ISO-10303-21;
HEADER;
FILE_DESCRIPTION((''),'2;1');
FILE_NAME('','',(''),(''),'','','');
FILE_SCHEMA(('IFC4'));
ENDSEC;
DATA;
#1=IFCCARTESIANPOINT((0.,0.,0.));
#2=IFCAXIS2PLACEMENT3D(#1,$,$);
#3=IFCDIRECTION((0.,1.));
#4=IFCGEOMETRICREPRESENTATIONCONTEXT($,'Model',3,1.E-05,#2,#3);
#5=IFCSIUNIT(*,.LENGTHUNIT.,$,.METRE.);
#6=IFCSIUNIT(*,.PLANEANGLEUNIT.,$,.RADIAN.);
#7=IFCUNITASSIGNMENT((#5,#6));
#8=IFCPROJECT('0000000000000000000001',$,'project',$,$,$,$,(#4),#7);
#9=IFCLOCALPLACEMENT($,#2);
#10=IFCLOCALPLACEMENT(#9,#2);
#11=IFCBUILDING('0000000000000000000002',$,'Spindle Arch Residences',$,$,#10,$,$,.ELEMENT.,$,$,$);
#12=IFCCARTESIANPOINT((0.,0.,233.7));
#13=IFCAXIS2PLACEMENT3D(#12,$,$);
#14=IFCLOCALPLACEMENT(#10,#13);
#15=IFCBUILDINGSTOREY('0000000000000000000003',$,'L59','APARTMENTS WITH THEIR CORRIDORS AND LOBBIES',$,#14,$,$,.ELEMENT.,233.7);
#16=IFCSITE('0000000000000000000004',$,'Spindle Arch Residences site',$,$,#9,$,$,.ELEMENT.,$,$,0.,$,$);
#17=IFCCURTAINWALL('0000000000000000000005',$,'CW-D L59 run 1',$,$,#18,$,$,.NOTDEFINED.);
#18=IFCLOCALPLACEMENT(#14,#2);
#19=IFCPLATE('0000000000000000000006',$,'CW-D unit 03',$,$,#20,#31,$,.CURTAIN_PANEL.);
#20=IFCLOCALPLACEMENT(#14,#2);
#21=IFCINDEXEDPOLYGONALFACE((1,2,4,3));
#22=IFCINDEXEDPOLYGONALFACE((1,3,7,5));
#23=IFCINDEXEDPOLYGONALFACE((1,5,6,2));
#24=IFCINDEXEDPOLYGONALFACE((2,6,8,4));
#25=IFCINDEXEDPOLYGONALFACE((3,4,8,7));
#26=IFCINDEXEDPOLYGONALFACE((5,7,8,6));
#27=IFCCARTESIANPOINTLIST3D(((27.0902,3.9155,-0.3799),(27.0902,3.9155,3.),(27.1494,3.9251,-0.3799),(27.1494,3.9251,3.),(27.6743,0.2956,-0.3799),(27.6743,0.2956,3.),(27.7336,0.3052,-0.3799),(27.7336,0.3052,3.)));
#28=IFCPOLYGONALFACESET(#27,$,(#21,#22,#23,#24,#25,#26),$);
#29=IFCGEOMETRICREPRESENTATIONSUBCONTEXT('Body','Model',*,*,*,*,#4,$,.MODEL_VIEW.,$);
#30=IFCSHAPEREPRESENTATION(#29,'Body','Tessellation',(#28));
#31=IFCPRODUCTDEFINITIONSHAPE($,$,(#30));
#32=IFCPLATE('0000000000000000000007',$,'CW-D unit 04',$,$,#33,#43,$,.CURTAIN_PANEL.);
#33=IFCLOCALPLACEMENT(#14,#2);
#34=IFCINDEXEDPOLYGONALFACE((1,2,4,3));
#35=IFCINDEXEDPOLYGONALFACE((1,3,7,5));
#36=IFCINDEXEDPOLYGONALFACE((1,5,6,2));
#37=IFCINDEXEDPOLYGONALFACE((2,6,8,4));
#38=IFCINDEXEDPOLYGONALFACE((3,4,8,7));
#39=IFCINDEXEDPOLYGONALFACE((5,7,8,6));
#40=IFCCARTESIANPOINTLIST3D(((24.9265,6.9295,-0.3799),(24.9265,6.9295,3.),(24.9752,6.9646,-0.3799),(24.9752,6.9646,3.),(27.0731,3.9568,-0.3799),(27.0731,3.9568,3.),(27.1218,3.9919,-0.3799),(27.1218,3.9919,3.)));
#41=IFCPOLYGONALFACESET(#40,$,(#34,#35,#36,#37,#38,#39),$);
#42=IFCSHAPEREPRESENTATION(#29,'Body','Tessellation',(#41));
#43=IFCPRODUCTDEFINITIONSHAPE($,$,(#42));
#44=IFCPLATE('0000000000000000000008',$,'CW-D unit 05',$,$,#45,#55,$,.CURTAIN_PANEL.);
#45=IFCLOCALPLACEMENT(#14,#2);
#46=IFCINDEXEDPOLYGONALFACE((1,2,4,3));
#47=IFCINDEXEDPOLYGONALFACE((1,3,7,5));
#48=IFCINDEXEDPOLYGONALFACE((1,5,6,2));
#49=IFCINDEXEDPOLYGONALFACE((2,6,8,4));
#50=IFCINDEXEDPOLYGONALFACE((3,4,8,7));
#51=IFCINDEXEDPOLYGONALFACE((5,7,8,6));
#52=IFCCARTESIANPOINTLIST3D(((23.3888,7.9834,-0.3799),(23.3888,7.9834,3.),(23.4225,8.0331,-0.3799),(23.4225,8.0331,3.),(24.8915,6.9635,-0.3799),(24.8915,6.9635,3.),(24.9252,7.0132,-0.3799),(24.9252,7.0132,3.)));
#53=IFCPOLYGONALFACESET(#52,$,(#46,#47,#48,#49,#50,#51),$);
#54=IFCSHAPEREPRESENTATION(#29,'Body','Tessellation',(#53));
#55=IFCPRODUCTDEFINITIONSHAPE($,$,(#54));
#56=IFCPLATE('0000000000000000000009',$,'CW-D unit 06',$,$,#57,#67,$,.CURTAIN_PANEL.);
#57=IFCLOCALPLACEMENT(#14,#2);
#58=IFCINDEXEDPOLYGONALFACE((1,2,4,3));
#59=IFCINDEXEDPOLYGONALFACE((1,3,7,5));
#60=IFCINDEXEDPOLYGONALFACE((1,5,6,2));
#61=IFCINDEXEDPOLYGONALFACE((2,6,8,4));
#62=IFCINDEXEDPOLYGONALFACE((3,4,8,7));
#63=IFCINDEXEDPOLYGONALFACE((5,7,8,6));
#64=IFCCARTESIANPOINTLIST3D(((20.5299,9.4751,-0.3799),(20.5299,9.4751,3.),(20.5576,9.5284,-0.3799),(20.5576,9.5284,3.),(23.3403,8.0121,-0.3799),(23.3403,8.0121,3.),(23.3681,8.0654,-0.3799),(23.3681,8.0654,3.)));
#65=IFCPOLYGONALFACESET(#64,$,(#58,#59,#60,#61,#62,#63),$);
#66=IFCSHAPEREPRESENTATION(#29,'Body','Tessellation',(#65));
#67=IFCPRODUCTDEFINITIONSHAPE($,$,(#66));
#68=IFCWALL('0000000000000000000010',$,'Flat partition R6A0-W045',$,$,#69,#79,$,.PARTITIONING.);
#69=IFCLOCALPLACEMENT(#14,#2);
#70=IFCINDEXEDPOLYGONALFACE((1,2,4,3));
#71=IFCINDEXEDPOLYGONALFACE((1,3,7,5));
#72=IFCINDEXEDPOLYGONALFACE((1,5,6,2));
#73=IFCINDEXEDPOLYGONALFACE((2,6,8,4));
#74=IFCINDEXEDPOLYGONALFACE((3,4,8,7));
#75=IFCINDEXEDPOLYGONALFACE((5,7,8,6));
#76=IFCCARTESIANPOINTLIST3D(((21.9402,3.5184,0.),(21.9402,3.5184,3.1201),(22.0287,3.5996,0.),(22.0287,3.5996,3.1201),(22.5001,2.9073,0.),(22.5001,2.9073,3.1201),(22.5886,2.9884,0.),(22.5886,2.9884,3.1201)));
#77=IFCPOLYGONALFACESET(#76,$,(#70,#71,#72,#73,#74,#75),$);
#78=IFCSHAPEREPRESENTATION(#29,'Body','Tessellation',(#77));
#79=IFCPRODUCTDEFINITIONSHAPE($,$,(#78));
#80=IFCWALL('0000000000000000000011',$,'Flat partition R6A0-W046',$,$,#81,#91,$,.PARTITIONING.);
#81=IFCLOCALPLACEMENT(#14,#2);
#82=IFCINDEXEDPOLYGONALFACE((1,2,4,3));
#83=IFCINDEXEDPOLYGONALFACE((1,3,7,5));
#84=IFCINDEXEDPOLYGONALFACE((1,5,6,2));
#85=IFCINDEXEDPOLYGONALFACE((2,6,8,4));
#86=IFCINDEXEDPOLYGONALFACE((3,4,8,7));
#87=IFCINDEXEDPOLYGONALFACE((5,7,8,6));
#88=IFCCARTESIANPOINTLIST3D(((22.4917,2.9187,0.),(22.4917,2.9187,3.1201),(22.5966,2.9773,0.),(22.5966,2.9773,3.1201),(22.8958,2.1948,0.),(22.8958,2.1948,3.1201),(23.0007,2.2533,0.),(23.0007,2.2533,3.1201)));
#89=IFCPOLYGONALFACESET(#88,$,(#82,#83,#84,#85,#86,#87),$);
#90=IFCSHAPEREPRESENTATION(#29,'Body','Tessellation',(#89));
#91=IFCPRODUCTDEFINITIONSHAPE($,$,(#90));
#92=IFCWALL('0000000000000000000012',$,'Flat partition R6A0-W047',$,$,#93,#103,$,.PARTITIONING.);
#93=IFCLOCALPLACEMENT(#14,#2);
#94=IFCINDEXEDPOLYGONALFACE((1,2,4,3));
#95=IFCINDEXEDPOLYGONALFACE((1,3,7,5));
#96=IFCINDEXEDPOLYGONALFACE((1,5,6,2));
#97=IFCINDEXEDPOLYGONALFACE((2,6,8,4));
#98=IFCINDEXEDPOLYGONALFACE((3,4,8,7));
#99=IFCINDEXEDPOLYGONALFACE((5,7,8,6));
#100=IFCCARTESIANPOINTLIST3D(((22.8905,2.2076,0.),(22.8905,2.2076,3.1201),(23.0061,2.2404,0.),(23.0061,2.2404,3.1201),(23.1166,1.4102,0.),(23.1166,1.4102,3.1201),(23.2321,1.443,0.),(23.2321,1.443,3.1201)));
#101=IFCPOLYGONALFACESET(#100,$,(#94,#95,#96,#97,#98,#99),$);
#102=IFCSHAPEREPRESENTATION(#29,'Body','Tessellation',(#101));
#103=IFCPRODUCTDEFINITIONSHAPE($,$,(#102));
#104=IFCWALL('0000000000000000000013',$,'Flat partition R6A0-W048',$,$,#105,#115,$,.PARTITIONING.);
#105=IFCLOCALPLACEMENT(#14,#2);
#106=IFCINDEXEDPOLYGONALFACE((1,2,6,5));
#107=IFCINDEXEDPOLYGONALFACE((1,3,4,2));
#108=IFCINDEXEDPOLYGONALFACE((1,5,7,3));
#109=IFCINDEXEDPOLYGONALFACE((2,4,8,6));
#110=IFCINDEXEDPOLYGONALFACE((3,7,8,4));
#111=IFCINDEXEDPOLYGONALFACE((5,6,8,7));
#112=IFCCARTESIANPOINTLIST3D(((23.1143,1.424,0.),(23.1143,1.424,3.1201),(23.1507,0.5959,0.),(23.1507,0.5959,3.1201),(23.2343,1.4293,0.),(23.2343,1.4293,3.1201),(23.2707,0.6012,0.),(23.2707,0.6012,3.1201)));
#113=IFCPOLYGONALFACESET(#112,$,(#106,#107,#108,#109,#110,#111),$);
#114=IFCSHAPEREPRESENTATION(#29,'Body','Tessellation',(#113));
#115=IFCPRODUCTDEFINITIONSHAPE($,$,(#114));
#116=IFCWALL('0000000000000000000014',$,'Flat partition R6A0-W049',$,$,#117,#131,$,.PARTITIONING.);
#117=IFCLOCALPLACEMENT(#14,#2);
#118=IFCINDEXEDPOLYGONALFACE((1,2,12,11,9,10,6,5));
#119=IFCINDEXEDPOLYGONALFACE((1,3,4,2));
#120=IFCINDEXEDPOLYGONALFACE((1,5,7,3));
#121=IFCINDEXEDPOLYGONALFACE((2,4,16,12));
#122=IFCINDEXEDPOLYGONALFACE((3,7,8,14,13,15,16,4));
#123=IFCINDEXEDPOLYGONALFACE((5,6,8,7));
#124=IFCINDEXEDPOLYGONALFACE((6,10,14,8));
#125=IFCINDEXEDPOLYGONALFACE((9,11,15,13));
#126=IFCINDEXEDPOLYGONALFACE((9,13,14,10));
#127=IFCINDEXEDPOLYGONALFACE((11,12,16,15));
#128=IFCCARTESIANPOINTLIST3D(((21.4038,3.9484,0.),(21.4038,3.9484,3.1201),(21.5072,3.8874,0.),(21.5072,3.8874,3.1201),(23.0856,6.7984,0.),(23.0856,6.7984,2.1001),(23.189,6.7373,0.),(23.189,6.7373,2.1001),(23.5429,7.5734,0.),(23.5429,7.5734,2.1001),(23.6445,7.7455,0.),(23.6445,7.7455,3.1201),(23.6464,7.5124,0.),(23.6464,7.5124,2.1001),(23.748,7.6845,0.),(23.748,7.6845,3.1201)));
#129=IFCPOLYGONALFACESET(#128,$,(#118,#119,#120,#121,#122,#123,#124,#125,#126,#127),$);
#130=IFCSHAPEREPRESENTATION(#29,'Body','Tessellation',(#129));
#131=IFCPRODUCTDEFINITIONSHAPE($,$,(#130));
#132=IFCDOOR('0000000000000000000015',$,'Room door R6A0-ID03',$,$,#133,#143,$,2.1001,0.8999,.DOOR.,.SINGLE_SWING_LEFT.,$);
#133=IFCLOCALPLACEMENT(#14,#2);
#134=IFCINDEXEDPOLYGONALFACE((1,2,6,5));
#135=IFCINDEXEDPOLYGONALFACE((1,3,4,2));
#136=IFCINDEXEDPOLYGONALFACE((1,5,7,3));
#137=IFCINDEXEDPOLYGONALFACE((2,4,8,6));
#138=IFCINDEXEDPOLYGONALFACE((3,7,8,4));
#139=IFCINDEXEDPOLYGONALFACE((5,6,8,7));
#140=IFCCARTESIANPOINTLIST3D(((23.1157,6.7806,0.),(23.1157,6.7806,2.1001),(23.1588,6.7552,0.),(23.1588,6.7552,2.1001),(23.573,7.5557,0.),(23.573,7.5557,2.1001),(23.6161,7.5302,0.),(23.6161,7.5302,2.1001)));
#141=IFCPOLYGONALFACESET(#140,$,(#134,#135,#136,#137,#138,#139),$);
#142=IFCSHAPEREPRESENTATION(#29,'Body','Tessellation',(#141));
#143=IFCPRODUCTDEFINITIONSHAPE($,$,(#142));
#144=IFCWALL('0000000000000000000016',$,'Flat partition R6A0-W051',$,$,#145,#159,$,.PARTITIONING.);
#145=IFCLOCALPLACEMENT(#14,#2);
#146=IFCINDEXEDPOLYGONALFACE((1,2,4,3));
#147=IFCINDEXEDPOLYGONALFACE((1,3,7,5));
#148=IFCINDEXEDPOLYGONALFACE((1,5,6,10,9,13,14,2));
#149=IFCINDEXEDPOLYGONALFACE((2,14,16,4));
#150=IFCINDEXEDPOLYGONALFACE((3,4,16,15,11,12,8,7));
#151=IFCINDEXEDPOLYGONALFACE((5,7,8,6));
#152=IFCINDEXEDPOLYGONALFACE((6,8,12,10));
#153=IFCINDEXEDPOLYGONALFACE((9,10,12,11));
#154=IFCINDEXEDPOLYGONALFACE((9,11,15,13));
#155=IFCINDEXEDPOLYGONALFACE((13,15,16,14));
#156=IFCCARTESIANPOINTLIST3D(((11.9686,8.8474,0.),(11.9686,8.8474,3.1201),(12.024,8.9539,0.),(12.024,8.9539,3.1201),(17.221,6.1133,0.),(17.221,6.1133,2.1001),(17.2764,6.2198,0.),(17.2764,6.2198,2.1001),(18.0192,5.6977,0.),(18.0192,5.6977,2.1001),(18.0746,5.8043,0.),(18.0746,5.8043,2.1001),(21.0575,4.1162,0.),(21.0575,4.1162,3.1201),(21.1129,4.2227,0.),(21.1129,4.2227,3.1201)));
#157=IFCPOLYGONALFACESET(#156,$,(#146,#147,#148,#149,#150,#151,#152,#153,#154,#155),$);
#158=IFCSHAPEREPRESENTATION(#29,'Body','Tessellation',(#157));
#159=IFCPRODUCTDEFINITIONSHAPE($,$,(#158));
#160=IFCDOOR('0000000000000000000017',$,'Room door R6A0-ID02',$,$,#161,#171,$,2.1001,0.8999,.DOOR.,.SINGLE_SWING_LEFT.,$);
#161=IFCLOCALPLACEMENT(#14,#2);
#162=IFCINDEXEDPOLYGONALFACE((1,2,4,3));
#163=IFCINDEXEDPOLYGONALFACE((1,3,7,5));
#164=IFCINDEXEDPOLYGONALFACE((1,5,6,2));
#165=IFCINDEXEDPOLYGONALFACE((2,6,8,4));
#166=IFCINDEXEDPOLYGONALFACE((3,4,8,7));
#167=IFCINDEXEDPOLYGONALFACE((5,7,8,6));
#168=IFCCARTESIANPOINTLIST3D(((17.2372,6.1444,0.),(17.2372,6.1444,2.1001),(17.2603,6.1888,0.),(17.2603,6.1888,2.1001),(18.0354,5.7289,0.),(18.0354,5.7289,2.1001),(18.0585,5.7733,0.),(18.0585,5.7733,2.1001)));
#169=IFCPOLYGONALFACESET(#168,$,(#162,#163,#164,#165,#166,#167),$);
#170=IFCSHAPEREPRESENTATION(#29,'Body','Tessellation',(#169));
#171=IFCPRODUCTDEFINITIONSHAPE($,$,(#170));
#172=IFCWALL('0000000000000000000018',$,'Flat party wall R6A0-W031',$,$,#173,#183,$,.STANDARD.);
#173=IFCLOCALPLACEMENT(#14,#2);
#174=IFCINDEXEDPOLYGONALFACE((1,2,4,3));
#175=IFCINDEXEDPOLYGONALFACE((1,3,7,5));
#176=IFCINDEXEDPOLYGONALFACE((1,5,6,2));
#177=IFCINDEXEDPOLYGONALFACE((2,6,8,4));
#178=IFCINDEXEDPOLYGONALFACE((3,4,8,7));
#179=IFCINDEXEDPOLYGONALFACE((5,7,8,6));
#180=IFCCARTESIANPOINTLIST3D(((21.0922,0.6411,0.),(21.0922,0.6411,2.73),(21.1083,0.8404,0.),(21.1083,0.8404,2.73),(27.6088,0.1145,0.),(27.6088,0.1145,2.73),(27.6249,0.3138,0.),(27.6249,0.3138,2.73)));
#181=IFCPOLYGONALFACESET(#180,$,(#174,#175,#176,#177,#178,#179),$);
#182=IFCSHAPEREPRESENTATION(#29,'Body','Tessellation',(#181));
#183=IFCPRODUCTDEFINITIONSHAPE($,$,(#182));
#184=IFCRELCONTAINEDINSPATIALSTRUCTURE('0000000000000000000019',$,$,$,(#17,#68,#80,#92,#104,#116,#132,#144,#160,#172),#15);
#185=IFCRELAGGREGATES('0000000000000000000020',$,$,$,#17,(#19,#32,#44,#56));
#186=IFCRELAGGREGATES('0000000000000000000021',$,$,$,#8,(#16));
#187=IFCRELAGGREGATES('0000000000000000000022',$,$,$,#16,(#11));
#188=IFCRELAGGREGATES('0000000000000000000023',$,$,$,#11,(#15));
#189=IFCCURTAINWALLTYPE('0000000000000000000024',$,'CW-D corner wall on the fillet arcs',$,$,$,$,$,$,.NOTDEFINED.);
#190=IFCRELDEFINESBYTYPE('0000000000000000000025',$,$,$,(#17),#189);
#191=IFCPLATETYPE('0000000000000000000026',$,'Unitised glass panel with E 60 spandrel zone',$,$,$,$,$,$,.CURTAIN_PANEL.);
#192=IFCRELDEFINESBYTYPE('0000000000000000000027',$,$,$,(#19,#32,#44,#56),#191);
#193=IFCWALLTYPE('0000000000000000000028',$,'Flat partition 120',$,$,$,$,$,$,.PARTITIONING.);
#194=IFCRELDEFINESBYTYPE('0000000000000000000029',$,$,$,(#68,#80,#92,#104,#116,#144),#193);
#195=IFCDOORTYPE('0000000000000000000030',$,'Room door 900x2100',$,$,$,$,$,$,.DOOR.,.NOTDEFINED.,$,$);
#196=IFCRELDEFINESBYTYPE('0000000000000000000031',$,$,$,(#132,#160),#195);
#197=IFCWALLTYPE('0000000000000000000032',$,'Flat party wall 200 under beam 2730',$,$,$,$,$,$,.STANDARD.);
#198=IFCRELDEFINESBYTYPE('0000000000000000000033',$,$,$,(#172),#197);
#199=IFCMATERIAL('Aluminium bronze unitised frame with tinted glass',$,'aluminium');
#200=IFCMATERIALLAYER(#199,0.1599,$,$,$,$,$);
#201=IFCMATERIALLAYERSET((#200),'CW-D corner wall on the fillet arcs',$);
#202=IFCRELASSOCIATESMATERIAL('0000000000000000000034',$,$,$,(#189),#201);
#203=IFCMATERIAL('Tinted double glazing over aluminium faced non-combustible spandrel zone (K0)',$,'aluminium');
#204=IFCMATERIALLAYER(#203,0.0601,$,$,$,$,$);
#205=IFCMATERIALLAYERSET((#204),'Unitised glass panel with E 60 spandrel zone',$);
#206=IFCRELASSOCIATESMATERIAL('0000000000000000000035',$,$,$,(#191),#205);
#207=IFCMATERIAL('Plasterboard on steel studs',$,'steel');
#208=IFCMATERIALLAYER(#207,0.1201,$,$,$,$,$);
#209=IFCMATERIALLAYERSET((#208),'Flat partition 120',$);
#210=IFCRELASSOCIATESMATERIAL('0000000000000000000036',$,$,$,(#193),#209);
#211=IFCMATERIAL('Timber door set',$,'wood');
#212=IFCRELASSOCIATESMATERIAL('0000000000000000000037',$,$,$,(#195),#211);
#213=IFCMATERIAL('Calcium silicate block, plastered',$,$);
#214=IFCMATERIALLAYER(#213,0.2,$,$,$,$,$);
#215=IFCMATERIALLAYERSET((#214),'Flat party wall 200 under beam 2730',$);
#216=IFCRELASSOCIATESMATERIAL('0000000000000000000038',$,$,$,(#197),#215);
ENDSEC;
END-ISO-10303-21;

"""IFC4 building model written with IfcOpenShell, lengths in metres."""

from ifc_helpers import new_model, si_unit, direction, frame, frame_2d, origin, origin_2d, place, context, subcontext, project, spatial, rectangle, extrude, material, layer, layer_set, type_object, element, fill, aggregate, save


model = new_model("IFC4")

# Units and contexts
model_context = context("Model", 3, precision=1e-05, world=origin(), true_north=direction((0.0, 1.0)))
body_context = subcontext(model_context, "Body", "Model", "MODEL_VIEW")
ifc_project = project(units=[si_unit("LENGTHUNIT", "METRE"), si_unit("PLANEANGLEUNIT", "RADIAN")], contexts=[model_context])

# Site, building, storey
site_placement = place(None, origin())
site = spatial("IfcSite", under=ifc_project, at=site_placement, Name="Spindle Arch Residences site", CompositionType="ELEMENT", RefElevation=0.0)
building_placement = place(site_placement, origin())
building = spatial("IfcBuilding", under=site, at=building_placement, Name="Spindle Arch Residences", CompositionType="ELEMENT")
storey_placement = place(building_placement, frame((0.0, 0.0, 233.7)))
storey = spatial("IfcBuildingStorey", under=building, at=storey_placement, Name="L59", Description="APARTMENTS WITH THEIR CORRIDORS AND LOBBIES", CompositionType="ELEMENT", Elevation=233.7)

# Curtain wall
ifc_material_1 = material(Name="Aluminium bronze unitised frame with tinted glass", Category="aluminium")
ifc_layer_1 = layer(ifc_material_1, 0.1599)
ifc_layer_set_1 = layer_set([ifc_layer_1], Name="CW-D corner wall on the fillet arcs")
curtain_wall_type = type_object("IfcCurtainWallType", Name="CW-D corner wall on the fillet arcs", PredefinedType="NOTDEFINED", material=ifc_layer_set_1)
curtain_wall_placement = place(storey_placement, origin())
curtain_wall = element("IfcCurtainWall", 1, at=curtain_wall_placement, inside=storey, type_object=curtain_wall_type, Name="CW-D L59 run 1", PredefinedType="NOTDEFINED")

# Plates
ifc_material_2 = material(Name="Tinted double glazing over aluminium faced non-combustible spandrel zone (K0)", Category="aluminium")
ifc_layer_2 = layer(ifc_material_2, 0.0601)
ifc_layer_set_2 = layer_set([ifc_layer_2], Name="Unitised glass panel with E 60 spandrel zone")
plate_type = type_object("IfcPlateType", Name="Unitised glass panel with E 60 spandrel zone", PredefinedType="CURTAIN_PANEL", material=ifc_layer_set_2)
plate_1_placement = place(storey_placement, frame((27.4119, 2.1104, -0.3799), z_axis=(0.0, 0.0, 1.0), x_axis=(-0.159307, 0.987229, 0.0)))
plate_1 = element("IfcPlate", 2, at=plate_1_placement, type_object=plate_type, Name="CW-D unit 03", PredefinedType="CURTAIN_PANEL", context=body_context, shape_type="SweptSolid", body=[
    extrude(rectangle(XDim=3.6667, YDim=0.0601, at=origin_2d()), origin(), (0.0, 0.0, 1.0), 3.3799),
])
plate_2_placement = place(storey_placement, frame((26.0242, 5.4607, -0.3799), z_axis=(0.0, 0.0, 1.0), x_axis=(-0.585429, 0.810723, 0.0)))
plate_2 = element("IfcPlate", 3, at=plate_2_placement, type_object=plate_type, Name="CW-D unit 04", PredefinedType="CURTAIN_PANEL", context=body_context, shape_type="SweptSolid", body=[
    extrude(rectangle(XDim=3.6667, YDim=0.0601, at=origin_2d()), origin(), (0.0, 0.0, 1.0), 3.3799),
])
plate_3_placement = place(storey_placement, frame((24.157, 7.4983, -0.3799), z_axis=(0.0, 0.0, 1.0), x_axis=(-0.827407, 0.561602, 0.0)))
plate_3 = element("IfcPlate", 4, at=plate_3_placement, type_object=plate_type, Name="CW-D unit 05", PredefinedType="CURTAIN_PANEL", context=body_context, shape_type="SweptSolid", body=[
    extrude(rectangle(XDim=1.8162, YDim=0.0601, at=origin_2d()), origin(), (0.0, 0.0, 1.0), 3.3799),
])
plate_4_placement = place(storey_placement, frame((21.949, 8.7703, -0.3799), z_axis=(0.0, 0.0, 1.0), x_axis=(-0.887011, 0.461749, 0.0)))
plate_4 = element("IfcPlate", 5, at=plate_4_placement, type_object=plate_type, Name="CW-D unit 06", PredefinedType="CURTAIN_PANEL", context=body_context, shape_type="SweptSolid", body=[
    extrude(rectangle(XDim=3.1685, YDim=0.0601, at=origin_2d()), origin(), (0.0, 0.0, 1.0), 3.3799),
])
aggregate(curtain_wall, [plate_1, plate_2, plate_3, plate_4])

# Walls
ifc_material_3 = material(Name="Plasterboard on steel studs", Category="steel")
ifc_layer_3 = layer(ifc_material_3, 0.1201)
ifc_layer_set_3 = layer_set([ifc_layer_3], Name="Flat partition 120")
wall_type_1 = type_object("IfcWallType", Name="Flat partition 120", PredefinedType="PARTITIONING", material=ifc_layer_set_3)
wall_1_placement = place(storey_placement, frame((21.9844, 3.5591, 0.0), z_axis=(0.0, 0.0, 1.0), x_axis=(0.675498, -0.737362, 0.0)))
element("IfcWall", 6, at=wall_1_placement, inside=storey, type_object=wall_type_1, Name="Flat partition R6A0-W045", PredefinedType="PARTITIONING", context=body_context, shape_type="SweptSolid", body=[
    extrude(rectangle(XDim=0.8289, YDim=0.1201, at=frame_2d((0.4146, 0.0))), origin(), (0.0, 0.0, 1.0), 3.1201),
])
wall_2_placement = place(storey_placement, frame((22.5442, 2.948, 0.0), z_axis=(0.0, 0.0, 1.0), x_axis=(0.487392, -0.873183, 0.0)))
element("IfcWall", 7, at=wall_2_placement, inside=storey, type_object=wall_type_1, Name="Flat partition R6A0-W046", PredefinedType="PARTITIONING", context=body_context, shape_type="SweptSolid", body=[
    extrude(rectangle(XDim=0.8291, YDim=0.1201, at=frame_2d((0.4146, 0.0))), origin(), (0.0, 0.0, 1.0), 3.1201),
])
for number, where, z_axis, x_axis, name in (
    (8, (22.9482, 2.2241, 0.0), (0.0, 0.0, 1.0), (0.272775, -0.962078, 0.0), "Flat partition R6A0-W047"),
    (9, (23.1743, 1.4268, 0.0), (0.0, 0.0, 1.0), (0.043885, -0.999037, 0.0), "Flat partition R6A0-W048"),
):
    element("IfcWall", number, at=place(storey_placement, frame(where, z_axis=z_axis, x_axis=x_axis)), inside=storey, type_object=wall_type_1, Name=name, PredefinedType="PARTITIONING", context=body_context, shape_type="SweptSolid", body=[
        extrude(rectangle(XDim=0.8289, YDim=0.1201, at=frame_2d((0.4146, 0.0))), origin(), (0.0, 0.0, 1.0), 3.1201),
    ])

# Walls, openings, doors
wall_3_placement = place(storey_placement, frame((23.6963, 7.7151, 0.0), z_axis=(0.0, 0.0, 1.0), x_axis=(-0.50822, -0.861227, 0.0)))
wall_3 = element("IfcWall", 10, at=wall_3_placement, inside=storey, type_object=wall_type_1, Name="Flat partition R6A0-W049", PredefinedType="PARTITIONING", context=body_context, shape_type="SweptSolid", body=[
    extrude(rectangle(XDim=4.4089, YDim=0.1201, at=frame_2d((2.2046, 0.0))), origin(), (0.0, 0.0, 1.0), 3.1201),
])
opening_1_placement = place(wall_3_placement, frame((0.2, 0.0, 0.0)))
opening_1 = element("IfcOpeningElement", 11, at=opening_1_placement, cuts=wall_3, PredefinedType="OPENING", context=body_context, shape_type="SweptSolid", body=[
    extrude(rectangle(XDim=0.8999, YDim=2.1001, at=frame_2d((0.45, 1.05))), frame((0.0, 0.0701, 0.0), z_axis=(0.0, -1.0, 0.0), x_axis=(1.0, 0.0, 0.0)), (0.0, 0.0, 1.0), 0.1401),
])
ifc_material_4 = material(Name="Timber door set", Category="wood")
door_type = type_object("IfcDoorType", Name="Room door 900x2100", OperationType="NOTDEFINED", PredefinedType="DOOR", material=ifc_material_4)
door_1_placement = place(opening_1_placement, origin())
door_1 = element("IfcDoor", 12, at=door_1_placement, inside=storey, type_object=door_type, Name="Room door R6A0-ID03", OperationType="SINGLE_SWING_LEFT", OverallHeight=2.1001, OverallWidth=0.8999, PredefinedType="DOOR", context=body_context, shape_type="SweptSolid", body=[
    extrude(rectangle(XDim=0.8999, YDim=2.1001, at=frame_2d((0.45, 1.05))), frame((0.0, 0.0249, 0.0), z_axis=(0.0, -1.0, 0.0), x_axis=(1.0, 0.0, 0.0)), (0.0, 0.0, 1.0), 0.05),
])
fill(opening_1, door_1)
wall_4_placement = place(storey_placement, frame((21.0852, 4.1694, 0.0), z_axis=(0.0, 0.0, 1.0), x_axis=(-0.887017, 0.461736, 0.0)))
wall_4 = element("IfcWall", 13, at=wall_4_placement, inside=storey, type_object=wall_type_1, Name="Flat partition R6A0-W051", PredefinedType="PARTITIONING", context=body_context, shape_type="SweptSolid", body=[
    extrude(rectangle(XDim=10.2466, YDim=0.1201, at=frame_2d((5.1233, 0.0))), origin(), (0.0, 0.0, 1.0), 3.1201),
])
opening_2_placement = place(wall_4_placement, frame((3.4253, 0.0, 0.0)))
opening_2 = element("IfcOpeningElement", 14, at=opening_2_placement, cuts=wall_4, PredefinedType="OPENING", context=body_context, shape_type="SweptSolid", body=[
    extrude(rectangle(XDim=0.8999, YDim=2.1001, at=frame_2d((0.45, 1.05))), frame((0.0, 0.0701, 0.0), z_axis=(0.0, -1.0, 0.0), x_axis=(1.0, 0.0, 0.0)), (0.0, 0.0, 1.0), 0.1401),
])
door_2_placement = place(opening_2_placement, origin())
door_2 = element("IfcDoor", 15, at=door_2_placement, inside=storey, type_object=door_type, Name="Room door R6A0-ID02", OperationType="SINGLE_SWING_LEFT", OverallHeight=2.1001, OverallWidth=0.8999, PredefinedType="DOOR", context=body_context, shape_type="SweptSolid", body=[
    extrude(rectangle(XDim=0.8999, YDim=2.1001, at=frame_2d((0.45, 1.05))), frame((0.0, 0.0249, 0.0), z_axis=(0.0, -1.0, 0.0), x_axis=(1.0, 0.0, 0.0)), (0.0, 0.0, 1.0), 0.05),
])
fill(opening_2, door_2)

# Wall
ifc_material_5 = material(Name="Calcium silicate block, plastered")
ifc_layer_4 = layer(ifc_material_5, 0.2)
ifc_layer_set_4 = layer_set([ifc_layer_4], Name="Flat party wall 200 under beam 2730")
wall_type_2 = type_object("IfcWallType", Name="Flat party wall 200 under beam 2730", PredefinedType="STANDARD", material=ifc_layer_set_4)
wall_5_placement = place(storey_placement, frame((21.1001, 0.7407, 0.0), z_axis=(0.0, 0.0, 1.0), x_axis=(0.996751, -0.080548, 0.0)))
element("IfcWall", 16, at=wall_5_placement, inside=storey, type_object=wall_type_2, Name="Flat party wall R6A0-W031", PredefinedType="STANDARD", context=body_context, shape_type="SweptSolid", body=[
    extrude(rectangle(XDim=6.5378, YDim=0.2, at=frame_2d((3.269, 0.0))), origin(), (0.0, 0.0, 1.0), 2.73),
])

save(model, "model.ifc")
